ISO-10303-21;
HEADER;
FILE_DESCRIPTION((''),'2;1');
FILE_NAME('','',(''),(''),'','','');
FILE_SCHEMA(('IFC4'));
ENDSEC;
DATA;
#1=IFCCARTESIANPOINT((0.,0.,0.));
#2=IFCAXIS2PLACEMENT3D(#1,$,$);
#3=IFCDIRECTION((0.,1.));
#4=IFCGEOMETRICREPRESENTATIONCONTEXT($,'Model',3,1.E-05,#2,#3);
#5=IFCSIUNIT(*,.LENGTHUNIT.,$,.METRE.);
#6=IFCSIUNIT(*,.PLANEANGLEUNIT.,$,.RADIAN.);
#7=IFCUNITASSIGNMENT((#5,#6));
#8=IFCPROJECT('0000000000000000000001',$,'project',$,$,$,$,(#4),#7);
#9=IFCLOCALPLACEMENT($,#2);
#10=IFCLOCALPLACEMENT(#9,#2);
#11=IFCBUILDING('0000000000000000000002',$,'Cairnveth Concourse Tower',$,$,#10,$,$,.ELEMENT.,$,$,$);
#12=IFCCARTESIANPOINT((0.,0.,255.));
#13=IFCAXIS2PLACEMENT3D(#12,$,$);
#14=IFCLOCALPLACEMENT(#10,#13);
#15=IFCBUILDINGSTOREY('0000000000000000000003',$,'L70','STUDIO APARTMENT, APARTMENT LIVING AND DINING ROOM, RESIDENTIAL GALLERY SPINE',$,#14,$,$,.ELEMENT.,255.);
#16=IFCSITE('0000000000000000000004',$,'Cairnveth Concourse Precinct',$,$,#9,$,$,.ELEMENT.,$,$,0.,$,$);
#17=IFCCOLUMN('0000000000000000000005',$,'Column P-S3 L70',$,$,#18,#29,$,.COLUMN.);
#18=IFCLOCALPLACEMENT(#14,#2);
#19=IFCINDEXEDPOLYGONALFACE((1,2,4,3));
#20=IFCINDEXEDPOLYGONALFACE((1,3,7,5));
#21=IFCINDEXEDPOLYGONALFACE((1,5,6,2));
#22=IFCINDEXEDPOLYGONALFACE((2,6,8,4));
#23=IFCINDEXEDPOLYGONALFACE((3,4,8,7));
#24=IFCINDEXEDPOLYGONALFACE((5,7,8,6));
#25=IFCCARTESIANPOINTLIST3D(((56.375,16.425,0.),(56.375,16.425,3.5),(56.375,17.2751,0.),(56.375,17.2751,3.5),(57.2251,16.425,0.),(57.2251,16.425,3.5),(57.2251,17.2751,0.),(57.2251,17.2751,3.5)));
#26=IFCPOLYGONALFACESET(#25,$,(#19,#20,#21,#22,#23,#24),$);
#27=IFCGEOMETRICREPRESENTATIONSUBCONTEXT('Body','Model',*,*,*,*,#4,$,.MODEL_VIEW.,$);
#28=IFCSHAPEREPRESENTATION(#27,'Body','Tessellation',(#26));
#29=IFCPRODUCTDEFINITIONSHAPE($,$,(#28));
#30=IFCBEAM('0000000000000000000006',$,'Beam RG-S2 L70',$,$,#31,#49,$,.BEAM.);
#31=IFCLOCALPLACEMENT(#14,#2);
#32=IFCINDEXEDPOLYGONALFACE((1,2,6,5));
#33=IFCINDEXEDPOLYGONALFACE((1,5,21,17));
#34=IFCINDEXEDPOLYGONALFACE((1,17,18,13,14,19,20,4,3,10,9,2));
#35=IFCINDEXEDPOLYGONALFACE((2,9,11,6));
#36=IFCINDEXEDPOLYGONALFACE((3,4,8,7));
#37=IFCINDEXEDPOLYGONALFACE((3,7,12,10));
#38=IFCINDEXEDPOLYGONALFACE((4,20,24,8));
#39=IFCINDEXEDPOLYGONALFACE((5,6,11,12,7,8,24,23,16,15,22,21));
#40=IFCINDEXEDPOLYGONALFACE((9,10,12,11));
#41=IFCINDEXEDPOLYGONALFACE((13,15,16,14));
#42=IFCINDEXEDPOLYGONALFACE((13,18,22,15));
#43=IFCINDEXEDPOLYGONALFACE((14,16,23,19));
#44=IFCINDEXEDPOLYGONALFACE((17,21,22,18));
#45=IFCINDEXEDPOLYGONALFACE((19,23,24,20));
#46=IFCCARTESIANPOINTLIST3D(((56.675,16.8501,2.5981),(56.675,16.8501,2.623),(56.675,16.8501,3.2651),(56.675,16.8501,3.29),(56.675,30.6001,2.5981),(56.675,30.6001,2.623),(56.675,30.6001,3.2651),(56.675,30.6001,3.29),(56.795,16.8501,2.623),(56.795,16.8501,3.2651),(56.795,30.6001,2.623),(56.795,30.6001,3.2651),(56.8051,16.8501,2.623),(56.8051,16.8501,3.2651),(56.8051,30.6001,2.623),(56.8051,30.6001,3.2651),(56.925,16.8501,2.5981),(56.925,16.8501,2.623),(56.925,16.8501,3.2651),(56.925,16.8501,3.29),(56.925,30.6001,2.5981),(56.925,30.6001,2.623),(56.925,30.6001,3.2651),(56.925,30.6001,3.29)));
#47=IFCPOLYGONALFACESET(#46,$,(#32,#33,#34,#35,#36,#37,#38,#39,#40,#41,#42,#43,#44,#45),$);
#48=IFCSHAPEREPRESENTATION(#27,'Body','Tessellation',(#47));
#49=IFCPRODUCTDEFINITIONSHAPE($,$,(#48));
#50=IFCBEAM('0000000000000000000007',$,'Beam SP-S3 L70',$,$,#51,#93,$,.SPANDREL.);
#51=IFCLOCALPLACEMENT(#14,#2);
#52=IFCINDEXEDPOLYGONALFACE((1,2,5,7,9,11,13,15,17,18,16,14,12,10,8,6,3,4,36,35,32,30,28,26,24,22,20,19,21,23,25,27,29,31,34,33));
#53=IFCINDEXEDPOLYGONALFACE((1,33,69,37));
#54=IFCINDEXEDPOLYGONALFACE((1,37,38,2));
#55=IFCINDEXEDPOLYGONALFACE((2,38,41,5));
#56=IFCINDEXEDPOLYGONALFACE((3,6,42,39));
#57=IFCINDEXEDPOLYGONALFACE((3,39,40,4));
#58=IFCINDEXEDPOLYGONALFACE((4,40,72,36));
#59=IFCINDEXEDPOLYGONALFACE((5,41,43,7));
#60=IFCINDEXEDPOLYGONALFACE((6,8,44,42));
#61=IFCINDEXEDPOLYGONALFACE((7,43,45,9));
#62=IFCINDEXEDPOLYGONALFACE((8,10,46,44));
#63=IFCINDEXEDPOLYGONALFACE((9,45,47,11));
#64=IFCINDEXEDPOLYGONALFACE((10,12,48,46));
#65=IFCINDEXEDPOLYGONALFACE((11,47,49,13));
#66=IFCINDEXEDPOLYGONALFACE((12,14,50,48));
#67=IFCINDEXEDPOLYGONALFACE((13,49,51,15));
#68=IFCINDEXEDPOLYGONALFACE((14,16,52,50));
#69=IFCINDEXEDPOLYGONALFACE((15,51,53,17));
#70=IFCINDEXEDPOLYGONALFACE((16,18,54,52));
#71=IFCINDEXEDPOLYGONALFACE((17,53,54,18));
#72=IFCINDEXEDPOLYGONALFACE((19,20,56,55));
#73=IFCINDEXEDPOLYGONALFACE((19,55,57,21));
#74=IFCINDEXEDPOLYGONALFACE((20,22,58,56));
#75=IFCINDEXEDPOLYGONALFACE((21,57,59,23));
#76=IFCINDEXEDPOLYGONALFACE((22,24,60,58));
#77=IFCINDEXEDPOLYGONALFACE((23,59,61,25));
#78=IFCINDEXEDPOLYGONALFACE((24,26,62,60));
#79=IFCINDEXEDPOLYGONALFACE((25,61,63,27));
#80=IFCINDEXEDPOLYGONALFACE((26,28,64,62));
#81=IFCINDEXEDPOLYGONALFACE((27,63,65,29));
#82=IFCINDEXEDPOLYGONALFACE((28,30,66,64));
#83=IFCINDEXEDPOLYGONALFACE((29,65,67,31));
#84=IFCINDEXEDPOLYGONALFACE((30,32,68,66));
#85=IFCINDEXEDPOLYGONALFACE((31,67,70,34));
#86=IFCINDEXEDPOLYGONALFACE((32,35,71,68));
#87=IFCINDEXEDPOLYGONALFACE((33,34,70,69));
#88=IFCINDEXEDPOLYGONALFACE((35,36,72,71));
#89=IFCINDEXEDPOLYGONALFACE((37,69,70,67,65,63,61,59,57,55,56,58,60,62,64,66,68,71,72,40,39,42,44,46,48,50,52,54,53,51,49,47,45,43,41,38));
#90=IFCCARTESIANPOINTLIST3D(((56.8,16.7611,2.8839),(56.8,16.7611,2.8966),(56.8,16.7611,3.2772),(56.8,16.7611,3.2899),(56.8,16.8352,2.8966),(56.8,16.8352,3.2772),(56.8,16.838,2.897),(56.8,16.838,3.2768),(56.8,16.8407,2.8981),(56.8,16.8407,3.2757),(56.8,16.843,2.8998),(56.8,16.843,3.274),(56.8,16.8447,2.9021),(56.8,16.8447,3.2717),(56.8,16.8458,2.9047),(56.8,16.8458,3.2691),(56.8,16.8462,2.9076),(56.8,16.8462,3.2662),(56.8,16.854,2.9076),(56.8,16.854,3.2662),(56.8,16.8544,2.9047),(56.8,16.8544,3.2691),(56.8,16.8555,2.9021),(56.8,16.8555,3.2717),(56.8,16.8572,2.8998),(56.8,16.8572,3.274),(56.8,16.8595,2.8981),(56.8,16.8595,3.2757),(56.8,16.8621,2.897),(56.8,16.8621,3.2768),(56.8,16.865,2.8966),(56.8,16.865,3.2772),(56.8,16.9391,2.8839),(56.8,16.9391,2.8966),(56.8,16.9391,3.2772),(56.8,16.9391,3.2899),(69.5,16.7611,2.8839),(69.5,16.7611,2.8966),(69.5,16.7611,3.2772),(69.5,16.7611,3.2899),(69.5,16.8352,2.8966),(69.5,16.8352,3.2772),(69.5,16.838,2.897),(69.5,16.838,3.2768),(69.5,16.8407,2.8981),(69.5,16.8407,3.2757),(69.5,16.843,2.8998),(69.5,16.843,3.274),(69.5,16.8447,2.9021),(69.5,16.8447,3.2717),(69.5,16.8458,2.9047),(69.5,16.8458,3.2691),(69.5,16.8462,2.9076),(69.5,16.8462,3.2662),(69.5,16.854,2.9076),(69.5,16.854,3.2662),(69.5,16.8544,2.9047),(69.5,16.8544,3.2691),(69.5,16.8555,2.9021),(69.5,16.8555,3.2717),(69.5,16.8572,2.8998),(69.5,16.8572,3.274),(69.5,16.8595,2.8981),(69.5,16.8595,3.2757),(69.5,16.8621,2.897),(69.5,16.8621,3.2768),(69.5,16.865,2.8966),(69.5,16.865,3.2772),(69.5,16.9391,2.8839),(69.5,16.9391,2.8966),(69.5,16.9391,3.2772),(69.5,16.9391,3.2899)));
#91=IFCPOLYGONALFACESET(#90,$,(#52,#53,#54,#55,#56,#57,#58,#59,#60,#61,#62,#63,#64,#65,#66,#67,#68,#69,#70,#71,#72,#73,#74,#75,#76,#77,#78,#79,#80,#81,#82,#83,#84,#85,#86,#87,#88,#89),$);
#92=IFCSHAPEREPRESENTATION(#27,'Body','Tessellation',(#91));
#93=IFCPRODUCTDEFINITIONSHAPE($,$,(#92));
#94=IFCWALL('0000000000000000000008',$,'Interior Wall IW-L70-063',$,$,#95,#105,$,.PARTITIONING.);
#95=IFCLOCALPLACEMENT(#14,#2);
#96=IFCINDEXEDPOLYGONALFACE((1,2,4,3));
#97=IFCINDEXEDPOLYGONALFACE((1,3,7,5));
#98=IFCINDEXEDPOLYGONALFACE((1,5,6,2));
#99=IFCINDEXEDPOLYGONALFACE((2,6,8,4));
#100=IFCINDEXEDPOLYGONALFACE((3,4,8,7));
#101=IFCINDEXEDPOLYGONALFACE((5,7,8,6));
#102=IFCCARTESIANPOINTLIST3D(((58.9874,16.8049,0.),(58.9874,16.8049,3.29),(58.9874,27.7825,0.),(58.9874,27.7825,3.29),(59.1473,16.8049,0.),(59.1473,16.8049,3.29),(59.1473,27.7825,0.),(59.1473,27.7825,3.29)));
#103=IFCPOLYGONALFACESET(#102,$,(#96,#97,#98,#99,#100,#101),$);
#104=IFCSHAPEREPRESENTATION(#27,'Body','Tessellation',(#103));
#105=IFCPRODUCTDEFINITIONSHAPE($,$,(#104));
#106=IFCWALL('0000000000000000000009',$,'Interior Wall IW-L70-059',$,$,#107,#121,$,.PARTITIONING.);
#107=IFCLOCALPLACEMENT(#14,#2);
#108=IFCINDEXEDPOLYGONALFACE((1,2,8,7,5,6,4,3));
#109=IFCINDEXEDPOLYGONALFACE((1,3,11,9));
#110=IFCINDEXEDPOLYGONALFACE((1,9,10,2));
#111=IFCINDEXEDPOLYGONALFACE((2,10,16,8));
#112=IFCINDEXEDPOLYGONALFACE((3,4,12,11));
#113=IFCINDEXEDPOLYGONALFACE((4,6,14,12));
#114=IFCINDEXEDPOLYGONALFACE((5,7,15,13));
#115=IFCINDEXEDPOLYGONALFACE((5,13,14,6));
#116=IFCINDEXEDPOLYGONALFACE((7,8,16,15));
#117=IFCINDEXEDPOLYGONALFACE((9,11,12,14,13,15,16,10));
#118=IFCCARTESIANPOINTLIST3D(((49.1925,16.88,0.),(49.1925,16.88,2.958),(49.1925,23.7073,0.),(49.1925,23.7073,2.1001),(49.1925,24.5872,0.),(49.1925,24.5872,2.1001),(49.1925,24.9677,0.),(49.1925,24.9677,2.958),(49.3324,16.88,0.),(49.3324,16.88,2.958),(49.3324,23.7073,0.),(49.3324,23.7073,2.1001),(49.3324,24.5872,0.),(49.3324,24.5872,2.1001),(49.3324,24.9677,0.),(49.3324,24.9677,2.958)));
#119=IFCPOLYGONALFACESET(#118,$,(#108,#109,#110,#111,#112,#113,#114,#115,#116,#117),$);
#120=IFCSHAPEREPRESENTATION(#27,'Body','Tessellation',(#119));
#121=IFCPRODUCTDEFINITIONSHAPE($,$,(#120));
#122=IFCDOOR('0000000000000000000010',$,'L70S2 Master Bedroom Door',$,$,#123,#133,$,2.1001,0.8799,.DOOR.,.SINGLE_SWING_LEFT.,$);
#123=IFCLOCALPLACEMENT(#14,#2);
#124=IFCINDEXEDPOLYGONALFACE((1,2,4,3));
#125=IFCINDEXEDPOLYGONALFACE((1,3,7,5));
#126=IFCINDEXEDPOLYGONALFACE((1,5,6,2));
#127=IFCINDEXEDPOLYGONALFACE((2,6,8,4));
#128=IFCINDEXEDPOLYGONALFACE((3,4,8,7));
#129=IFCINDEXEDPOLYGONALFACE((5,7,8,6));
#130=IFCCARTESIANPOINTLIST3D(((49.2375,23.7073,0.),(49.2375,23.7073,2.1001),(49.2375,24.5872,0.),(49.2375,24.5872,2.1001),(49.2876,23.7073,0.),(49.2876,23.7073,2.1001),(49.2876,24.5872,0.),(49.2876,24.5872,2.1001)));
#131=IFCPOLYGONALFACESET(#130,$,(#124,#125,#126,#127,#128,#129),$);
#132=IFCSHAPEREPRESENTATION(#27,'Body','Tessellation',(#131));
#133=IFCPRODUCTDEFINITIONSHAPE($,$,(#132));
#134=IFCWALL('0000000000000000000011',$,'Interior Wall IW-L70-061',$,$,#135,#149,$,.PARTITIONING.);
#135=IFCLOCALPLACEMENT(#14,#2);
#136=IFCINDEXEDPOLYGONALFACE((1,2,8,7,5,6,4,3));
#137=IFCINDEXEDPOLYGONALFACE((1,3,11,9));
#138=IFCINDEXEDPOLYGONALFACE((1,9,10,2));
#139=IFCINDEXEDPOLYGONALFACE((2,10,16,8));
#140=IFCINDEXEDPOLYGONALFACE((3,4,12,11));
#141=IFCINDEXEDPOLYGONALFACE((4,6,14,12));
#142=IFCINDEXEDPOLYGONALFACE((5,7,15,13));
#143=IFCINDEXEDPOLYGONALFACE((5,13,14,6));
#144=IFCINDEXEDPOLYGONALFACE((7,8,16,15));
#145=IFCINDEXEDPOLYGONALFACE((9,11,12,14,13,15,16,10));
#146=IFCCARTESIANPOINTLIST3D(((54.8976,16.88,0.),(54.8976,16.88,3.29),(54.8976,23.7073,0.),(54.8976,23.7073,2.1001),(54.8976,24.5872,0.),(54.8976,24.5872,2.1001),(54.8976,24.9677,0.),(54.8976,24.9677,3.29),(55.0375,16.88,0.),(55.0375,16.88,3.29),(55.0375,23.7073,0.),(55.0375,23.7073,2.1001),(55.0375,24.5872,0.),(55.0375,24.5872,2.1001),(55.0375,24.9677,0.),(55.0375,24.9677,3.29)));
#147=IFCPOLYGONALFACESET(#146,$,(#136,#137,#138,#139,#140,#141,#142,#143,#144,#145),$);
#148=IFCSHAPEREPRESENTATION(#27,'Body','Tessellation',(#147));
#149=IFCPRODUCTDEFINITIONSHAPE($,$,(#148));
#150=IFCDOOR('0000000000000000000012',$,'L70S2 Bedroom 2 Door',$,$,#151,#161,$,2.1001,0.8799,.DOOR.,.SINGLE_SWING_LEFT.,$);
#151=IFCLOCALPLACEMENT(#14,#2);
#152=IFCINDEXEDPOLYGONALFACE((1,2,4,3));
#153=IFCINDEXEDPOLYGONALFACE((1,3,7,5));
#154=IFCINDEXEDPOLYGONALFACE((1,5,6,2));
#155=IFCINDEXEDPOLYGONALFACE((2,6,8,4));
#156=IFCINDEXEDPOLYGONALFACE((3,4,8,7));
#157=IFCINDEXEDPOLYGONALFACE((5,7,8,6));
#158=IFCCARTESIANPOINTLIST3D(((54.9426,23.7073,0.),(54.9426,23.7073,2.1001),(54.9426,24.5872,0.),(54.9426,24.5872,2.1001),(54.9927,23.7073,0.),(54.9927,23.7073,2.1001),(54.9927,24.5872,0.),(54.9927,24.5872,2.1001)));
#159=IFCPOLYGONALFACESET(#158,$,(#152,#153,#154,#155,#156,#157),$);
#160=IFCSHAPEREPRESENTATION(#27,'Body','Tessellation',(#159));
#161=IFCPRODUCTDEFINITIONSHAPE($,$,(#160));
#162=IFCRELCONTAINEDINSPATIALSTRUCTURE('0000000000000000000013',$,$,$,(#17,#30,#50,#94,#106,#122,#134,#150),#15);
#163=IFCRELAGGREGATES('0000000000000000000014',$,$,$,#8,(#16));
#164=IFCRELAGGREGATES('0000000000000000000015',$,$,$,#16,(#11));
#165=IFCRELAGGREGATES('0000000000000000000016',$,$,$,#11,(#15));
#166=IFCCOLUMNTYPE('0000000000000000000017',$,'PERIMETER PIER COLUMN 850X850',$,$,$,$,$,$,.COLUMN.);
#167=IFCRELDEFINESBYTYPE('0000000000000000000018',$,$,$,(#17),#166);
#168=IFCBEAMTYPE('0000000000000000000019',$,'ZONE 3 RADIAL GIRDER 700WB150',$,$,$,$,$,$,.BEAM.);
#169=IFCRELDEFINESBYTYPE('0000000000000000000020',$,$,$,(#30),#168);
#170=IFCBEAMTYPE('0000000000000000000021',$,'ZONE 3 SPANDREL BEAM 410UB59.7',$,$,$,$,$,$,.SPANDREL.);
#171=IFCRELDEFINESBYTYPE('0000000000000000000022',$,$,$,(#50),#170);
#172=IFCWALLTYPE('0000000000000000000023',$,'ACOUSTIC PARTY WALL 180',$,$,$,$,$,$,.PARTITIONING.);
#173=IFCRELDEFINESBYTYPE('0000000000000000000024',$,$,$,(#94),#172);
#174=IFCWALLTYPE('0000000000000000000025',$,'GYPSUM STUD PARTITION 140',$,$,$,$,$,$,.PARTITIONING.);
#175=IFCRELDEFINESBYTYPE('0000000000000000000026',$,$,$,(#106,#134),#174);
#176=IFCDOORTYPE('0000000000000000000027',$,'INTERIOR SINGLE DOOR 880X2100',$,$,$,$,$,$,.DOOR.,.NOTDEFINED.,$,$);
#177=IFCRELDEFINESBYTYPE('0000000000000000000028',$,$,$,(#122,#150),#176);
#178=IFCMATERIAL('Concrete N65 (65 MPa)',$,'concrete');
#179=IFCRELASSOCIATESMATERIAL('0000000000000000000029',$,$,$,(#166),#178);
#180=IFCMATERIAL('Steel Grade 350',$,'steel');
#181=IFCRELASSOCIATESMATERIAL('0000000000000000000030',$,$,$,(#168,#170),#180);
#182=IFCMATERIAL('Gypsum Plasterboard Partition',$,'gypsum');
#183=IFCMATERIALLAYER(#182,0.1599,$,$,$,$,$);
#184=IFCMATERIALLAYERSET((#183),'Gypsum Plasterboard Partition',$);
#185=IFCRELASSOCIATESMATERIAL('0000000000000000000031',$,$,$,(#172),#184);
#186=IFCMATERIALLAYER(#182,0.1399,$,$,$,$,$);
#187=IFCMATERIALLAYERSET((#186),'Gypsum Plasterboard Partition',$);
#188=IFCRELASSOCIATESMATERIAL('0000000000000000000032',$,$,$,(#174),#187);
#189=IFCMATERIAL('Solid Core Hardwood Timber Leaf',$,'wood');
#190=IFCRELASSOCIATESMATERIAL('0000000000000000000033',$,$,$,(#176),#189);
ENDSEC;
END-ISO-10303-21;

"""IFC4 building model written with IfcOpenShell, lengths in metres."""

from ifc_helpers import new_model, si_unit, direction, frame, frame_2d, origin, origin_2d, place, context, subcontext, project, spatial, rectangle, i_section, extrude, material, layer, layer_set, material_profile, profile_set, type_object, element, fill, save


model = new_model("IFC4")

# Units and contexts
model_context = context("Model", 3, precision=1e-05, world=origin(), true_north=direction((0.0, 1.0)))
body_context = subcontext(model_context, "Body", "Model", "MODEL_VIEW")
ifc_project = project(units=[si_unit("LENGTHUNIT", "METRE"), si_unit("PLANEANGLEUNIT", "RADIAN")], contexts=[model_context])

# Site, building, storey
site_placement = place(None, origin())
site = spatial("IfcSite", under=ifc_project, at=site_placement, Name="Cairnveth Concourse Precinct", CompositionType="ELEMENT", RefElevation=0.0)
building_placement = place(site_placement, origin())
building = spatial("IfcBuilding", under=site, at=building_placement, Name="Cairnveth Concourse Tower", CompositionType="ELEMENT")
storey_placement = place(building_placement, frame((0.0, 0.0, 255.0)))
storey = spatial("IfcBuildingStorey", under=building, at=storey_placement, Name="L70", Description="STUDIO APARTMENT, APARTMENT LIVING AND DINING ROOM, RESIDENTIAL GALLERY SPINE", CompositionType="ELEMENT", Elevation=255.0)

# Column
ifc_material_1 = material(Name="Concrete N65 (65 MPa)", Category="concrete")
ifc_material_profile_1 = material_profile(ifc_material_1, rectangle(XDim=0.8501, YDim=0.8501, at=origin_2d()), Name="RC-COL-850x850")
ifc_profile_set_1 = profile_set([ifc_material_profile_1], Name="Concrete N65 (65 MPa)")
column_type = type_object("IfcColumnType", Name="PERIMETER PIER COLUMN 850X850", PredefinedType="COLUMN", material=ifc_profile_set_1)
column_placement = place(storey_placement, frame((56.8, 16.8501, 0.0), z_axis=(0.0, 0.0, 1.0), x_axis=(1.0, 0.0, 0.0)))
element("IfcColumn", 1, at=column_placement, inside=storey, type_object=column_type, Name="Column P-S3 L70", PredefinedType="COLUMN", context=body_context, shape_type="SweptSolid", body=[
    extrude(rectangle(XDim=0.8501, YDim=0.8501, at=origin_2d()), origin(), (0.0, 0.0, 1.0), 3.5),
])

# Beams
ifc_material_2 = material(Name="Steel Grade 350", Category="steel")
ifc_material_profile_2 = material_profile(ifc_material_2, i_section(OverallWidth=0.25, OverallDepth=0.6919, WebThickness=0.01, FlangeThickness=0.0249, at=origin_2d()), Name="700WB150")
ifc_profile_set_2 = profile_set([ifc_material_profile_2], Name="Steel Grade 350")
beam_type_1 = type_object("IfcBeamType", Name="ZONE 3 RADIAL GIRDER 700WB150", PredefinedType="BEAM", material=ifc_profile_set_2)
beam_1_placement = place(storey_placement, frame((56.8, 16.8501, 2.9441), z_axis=(0.0, 1.0, 0.0), x_axis=(-1.0, 0.0, 0.0)))
element("IfcBeam", 2, at=beam_1_placement, inside=storey, type_object=beam_type_1, Name="Beam RG-S2 L70", PredefinedType="BEAM", context=body_context, shape_type="SweptSolid", body=[
    extrude(i_section(OverallWidth=0.25, OverallDepth=0.6919, WebThickness=0.01, FlangeThickness=0.0249, at=origin_2d()), origin(), (0.0, 0.0, 1.0), 13.75),
])
ifc_material_profile_3 = material_profile(ifc_material_2, i_section(OverallWidth=0.178, OverallDepth=0.406, WebThickness=0.0078, FlangeThickness=0.0127, FilletRadius=0.011, at=origin_2d()), Name="410UB59.7")
ifc_profile_set_3 = profile_set([ifc_material_profile_3], Name="Steel Grade 350")
beam_type_2 = type_object("IfcBeamType", Name="ZONE 3 SPANDREL BEAM 410UB59.7", PredefinedType="SPANDREL", material=ifc_profile_set_3)
beam_2_placement = place(storey_placement, frame((56.8, 16.8501, 3.0869), z_axis=(1.0, 0.0, 0.0), x_axis=(0.0, 1.0, 0.0)))
element("IfcBeam", 3, at=beam_2_placement, inside=storey, type_object=beam_type_2, Name="Beam SP-S3 L70", PredefinedType="SPANDREL", context=body_context, shape_type="SweptSolid", body=[
    extrude(i_section(OverallWidth=0.178, OverallDepth=0.406, WebThickness=0.0078, FlangeThickness=0.0127, FilletRadius=0.011, at=origin_2d()), origin(), (0.0, 0.0, 1.0), 12.7),
])

# Wall
ifc_material_3 = material(Name="Gypsum Plasterboard Partition", Category="gypsum")
ifc_layer_1 = layer(ifc_material_3, 0.1599)
ifc_layer_set_1 = layer_set([ifc_layer_1], Name="Gypsum Plasterboard Partition")
wall_type_1 = type_object("IfcWallType", Name="ACOUSTIC PARTY WALL 180", PredefinedType="PARTITIONING", material=ifc_layer_set_1)
wall_1_placement = place(storey_placement, frame((59.0674, 16.8049, 0.0), z_axis=(0.0, 0.0, 1.0), x_axis=(0.0, 1.0, 0.0)))
element("IfcWall", 4, at=wall_1_placement, inside=storey, type_object=wall_type_1, Name="Interior Wall IW-L70-063", PredefinedType="PARTITIONING", context=body_context, shape_type="SweptSolid", body=[
    extrude(rectangle(XDim=10.9775, YDim=0.1599, at=frame_2d((5.4888, 0.0))), origin(), (0.0, 0.0, 1.0), 3.29),
])

# Walls, openings, doors
ifc_layer_2 = layer(ifc_material_3, 0.1399)
ifc_layer_set_2 = layer_set([ifc_layer_2], Name="Gypsum Plasterboard Partition")
wall_type_2 = type_object("IfcWallType", Name="GYPSUM STUD PARTITION 140", PredefinedType="PARTITIONING", material=ifc_layer_set_2)
wall_2_placement = place(storey_placement, frame((49.2625, 16.8799, 0.0), z_axis=(0.0, 0.0, 1.0), x_axis=(0.0, 1.0, 0.0)))
wall_2 = element("IfcWall", 5, at=wall_2_placement, inside=storey, type_object=wall_type_2, Name="Interior Wall IW-L70-059", PredefinedType="PARTITIONING", context=body_context, shape_type="SweptSolid", body=[
    extrude(rectangle(XDim=8.0876, YDim=0.1399, at=frame_2d((4.0439, 0.0))), origin(), (0.0, 0.0, 1.0), 2.958),
])
opening_1_placement = place(wall_2_placement, frame((6.8274, 0.0, 0.0)))
opening_1 = element("IfcOpeningElement", 6, at=opening_1_placement, cuts=wall_2, PredefinedType="OPENING", context=body_context, shape_type="SweptSolid", body=[
    extrude(rectangle(XDim=0.8799, YDim=2.1001, at=frame_2d((0.4399, 1.05))), frame((0.0, 0.0798, 0.0), z_axis=(0.0, -1.0, 0.0), x_axis=(1.0, 0.0, 0.0)), (0.0, 0.0, 1.0), 0.1599),
])
ifc_material_4 = material(Name="Solid Core Hardwood Timber Leaf", Category="wood")
door_type_1 = type_object("IfcDoorType", Name="INTERIOR SINGLE DOOR 880X2100", OperationType="NOTDEFINED", PredefinedType="DOOR", material=ifc_material_4)
door_1_placement = place(opening_1_placement, origin())
door_1 = element("IfcDoor", 7, at=door_1_placement, inside=storey, type_object=door_type_1, Name="L70S2 Master Bedroom Door", OperationType="SINGLE_SWING_LEFT", OverallHeight=2.1001, OverallWidth=0.8799, PredefinedType="DOOR", context=body_context, shape_type="SweptSolid", body=[
    extrude(rectangle(XDim=0.8799, YDim=2.1001, at=frame_2d((0.4399, 1.05))), frame((0.0, 0.0249, 0.0), z_axis=(0.0, -1.0, 0.0), x_axis=(1.0, 0.0, 0.0)), (0.0, 0.0, 1.0), 0.05),
])
fill(opening_1, door_1)
wall_3_placement = place(storey_placement, frame((54.9675, 16.8799, 0.0), z_axis=(0.0, 0.0, 1.0), x_axis=(0.0, 1.0, 0.0)))
wall_3 = element("IfcWall", 8, at=wall_3_placement, inside=storey, type_object=wall_type_2, Name="Interior Wall IW-L70-061", PredefinedType="PARTITIONING", context=body_context, shape_type="SweptSolid", body=[
    extrude(rectangle(XDim=8.0876, YDim=0.1399, at=frame_2d((4.0439, 0.0))), origin(), (0.0, 0.0, 1.0), 3.29),
])
opening_2_placement = place(wall_3_placement, frame((6.8274, 0.0, 0.0)))
opening_2 = element("IfcOpeningElement", 9, at=opening_2_placement, cuts=wall_3, PredefinedType="OPENING", context=body_context, shape_type="SweptSolid", body=[
    extrude(rectangle(XDim=0.8799, YDim=2.1001, at=frame_2d((0.4399, 1.05))), frame((0.0, 0.0798, 0.0), z_axis=(0.0, -1.0, 0.0), x_axis=(1.0, 0.0, 0.0)), (0.0, 0.0, 1.0), 0.1599),
])
door_2_placement = place(opening_2_placement, origin())
door_2 = element("IfcDoor", 10, at=door_2_placement, inside=storey, type_object=door_type_1, Name="L70S2 Bedroom 2 Door", OperationType="SINGLE_SWING_LEFT", OverallHeight=2.1001, OverallWidth=0.8799, PredefinedType="DOOR", context=body_context, shape_type="SweptSolid", body=[
    extrude(rectangle(XDim=0.8799, YDim=2.1001, at=frame_2d((0.4399, 1.05))), frame((0.0, 0.0249, 0.0), z_axis=(0.0, -1.0, 0.0), x_axis=(1.0, 0.0, 0.0)), (0.0, 0.0, 1.0), 0.05),
])
fill(opening_2, door_2)

save(model, "model.ifc")
